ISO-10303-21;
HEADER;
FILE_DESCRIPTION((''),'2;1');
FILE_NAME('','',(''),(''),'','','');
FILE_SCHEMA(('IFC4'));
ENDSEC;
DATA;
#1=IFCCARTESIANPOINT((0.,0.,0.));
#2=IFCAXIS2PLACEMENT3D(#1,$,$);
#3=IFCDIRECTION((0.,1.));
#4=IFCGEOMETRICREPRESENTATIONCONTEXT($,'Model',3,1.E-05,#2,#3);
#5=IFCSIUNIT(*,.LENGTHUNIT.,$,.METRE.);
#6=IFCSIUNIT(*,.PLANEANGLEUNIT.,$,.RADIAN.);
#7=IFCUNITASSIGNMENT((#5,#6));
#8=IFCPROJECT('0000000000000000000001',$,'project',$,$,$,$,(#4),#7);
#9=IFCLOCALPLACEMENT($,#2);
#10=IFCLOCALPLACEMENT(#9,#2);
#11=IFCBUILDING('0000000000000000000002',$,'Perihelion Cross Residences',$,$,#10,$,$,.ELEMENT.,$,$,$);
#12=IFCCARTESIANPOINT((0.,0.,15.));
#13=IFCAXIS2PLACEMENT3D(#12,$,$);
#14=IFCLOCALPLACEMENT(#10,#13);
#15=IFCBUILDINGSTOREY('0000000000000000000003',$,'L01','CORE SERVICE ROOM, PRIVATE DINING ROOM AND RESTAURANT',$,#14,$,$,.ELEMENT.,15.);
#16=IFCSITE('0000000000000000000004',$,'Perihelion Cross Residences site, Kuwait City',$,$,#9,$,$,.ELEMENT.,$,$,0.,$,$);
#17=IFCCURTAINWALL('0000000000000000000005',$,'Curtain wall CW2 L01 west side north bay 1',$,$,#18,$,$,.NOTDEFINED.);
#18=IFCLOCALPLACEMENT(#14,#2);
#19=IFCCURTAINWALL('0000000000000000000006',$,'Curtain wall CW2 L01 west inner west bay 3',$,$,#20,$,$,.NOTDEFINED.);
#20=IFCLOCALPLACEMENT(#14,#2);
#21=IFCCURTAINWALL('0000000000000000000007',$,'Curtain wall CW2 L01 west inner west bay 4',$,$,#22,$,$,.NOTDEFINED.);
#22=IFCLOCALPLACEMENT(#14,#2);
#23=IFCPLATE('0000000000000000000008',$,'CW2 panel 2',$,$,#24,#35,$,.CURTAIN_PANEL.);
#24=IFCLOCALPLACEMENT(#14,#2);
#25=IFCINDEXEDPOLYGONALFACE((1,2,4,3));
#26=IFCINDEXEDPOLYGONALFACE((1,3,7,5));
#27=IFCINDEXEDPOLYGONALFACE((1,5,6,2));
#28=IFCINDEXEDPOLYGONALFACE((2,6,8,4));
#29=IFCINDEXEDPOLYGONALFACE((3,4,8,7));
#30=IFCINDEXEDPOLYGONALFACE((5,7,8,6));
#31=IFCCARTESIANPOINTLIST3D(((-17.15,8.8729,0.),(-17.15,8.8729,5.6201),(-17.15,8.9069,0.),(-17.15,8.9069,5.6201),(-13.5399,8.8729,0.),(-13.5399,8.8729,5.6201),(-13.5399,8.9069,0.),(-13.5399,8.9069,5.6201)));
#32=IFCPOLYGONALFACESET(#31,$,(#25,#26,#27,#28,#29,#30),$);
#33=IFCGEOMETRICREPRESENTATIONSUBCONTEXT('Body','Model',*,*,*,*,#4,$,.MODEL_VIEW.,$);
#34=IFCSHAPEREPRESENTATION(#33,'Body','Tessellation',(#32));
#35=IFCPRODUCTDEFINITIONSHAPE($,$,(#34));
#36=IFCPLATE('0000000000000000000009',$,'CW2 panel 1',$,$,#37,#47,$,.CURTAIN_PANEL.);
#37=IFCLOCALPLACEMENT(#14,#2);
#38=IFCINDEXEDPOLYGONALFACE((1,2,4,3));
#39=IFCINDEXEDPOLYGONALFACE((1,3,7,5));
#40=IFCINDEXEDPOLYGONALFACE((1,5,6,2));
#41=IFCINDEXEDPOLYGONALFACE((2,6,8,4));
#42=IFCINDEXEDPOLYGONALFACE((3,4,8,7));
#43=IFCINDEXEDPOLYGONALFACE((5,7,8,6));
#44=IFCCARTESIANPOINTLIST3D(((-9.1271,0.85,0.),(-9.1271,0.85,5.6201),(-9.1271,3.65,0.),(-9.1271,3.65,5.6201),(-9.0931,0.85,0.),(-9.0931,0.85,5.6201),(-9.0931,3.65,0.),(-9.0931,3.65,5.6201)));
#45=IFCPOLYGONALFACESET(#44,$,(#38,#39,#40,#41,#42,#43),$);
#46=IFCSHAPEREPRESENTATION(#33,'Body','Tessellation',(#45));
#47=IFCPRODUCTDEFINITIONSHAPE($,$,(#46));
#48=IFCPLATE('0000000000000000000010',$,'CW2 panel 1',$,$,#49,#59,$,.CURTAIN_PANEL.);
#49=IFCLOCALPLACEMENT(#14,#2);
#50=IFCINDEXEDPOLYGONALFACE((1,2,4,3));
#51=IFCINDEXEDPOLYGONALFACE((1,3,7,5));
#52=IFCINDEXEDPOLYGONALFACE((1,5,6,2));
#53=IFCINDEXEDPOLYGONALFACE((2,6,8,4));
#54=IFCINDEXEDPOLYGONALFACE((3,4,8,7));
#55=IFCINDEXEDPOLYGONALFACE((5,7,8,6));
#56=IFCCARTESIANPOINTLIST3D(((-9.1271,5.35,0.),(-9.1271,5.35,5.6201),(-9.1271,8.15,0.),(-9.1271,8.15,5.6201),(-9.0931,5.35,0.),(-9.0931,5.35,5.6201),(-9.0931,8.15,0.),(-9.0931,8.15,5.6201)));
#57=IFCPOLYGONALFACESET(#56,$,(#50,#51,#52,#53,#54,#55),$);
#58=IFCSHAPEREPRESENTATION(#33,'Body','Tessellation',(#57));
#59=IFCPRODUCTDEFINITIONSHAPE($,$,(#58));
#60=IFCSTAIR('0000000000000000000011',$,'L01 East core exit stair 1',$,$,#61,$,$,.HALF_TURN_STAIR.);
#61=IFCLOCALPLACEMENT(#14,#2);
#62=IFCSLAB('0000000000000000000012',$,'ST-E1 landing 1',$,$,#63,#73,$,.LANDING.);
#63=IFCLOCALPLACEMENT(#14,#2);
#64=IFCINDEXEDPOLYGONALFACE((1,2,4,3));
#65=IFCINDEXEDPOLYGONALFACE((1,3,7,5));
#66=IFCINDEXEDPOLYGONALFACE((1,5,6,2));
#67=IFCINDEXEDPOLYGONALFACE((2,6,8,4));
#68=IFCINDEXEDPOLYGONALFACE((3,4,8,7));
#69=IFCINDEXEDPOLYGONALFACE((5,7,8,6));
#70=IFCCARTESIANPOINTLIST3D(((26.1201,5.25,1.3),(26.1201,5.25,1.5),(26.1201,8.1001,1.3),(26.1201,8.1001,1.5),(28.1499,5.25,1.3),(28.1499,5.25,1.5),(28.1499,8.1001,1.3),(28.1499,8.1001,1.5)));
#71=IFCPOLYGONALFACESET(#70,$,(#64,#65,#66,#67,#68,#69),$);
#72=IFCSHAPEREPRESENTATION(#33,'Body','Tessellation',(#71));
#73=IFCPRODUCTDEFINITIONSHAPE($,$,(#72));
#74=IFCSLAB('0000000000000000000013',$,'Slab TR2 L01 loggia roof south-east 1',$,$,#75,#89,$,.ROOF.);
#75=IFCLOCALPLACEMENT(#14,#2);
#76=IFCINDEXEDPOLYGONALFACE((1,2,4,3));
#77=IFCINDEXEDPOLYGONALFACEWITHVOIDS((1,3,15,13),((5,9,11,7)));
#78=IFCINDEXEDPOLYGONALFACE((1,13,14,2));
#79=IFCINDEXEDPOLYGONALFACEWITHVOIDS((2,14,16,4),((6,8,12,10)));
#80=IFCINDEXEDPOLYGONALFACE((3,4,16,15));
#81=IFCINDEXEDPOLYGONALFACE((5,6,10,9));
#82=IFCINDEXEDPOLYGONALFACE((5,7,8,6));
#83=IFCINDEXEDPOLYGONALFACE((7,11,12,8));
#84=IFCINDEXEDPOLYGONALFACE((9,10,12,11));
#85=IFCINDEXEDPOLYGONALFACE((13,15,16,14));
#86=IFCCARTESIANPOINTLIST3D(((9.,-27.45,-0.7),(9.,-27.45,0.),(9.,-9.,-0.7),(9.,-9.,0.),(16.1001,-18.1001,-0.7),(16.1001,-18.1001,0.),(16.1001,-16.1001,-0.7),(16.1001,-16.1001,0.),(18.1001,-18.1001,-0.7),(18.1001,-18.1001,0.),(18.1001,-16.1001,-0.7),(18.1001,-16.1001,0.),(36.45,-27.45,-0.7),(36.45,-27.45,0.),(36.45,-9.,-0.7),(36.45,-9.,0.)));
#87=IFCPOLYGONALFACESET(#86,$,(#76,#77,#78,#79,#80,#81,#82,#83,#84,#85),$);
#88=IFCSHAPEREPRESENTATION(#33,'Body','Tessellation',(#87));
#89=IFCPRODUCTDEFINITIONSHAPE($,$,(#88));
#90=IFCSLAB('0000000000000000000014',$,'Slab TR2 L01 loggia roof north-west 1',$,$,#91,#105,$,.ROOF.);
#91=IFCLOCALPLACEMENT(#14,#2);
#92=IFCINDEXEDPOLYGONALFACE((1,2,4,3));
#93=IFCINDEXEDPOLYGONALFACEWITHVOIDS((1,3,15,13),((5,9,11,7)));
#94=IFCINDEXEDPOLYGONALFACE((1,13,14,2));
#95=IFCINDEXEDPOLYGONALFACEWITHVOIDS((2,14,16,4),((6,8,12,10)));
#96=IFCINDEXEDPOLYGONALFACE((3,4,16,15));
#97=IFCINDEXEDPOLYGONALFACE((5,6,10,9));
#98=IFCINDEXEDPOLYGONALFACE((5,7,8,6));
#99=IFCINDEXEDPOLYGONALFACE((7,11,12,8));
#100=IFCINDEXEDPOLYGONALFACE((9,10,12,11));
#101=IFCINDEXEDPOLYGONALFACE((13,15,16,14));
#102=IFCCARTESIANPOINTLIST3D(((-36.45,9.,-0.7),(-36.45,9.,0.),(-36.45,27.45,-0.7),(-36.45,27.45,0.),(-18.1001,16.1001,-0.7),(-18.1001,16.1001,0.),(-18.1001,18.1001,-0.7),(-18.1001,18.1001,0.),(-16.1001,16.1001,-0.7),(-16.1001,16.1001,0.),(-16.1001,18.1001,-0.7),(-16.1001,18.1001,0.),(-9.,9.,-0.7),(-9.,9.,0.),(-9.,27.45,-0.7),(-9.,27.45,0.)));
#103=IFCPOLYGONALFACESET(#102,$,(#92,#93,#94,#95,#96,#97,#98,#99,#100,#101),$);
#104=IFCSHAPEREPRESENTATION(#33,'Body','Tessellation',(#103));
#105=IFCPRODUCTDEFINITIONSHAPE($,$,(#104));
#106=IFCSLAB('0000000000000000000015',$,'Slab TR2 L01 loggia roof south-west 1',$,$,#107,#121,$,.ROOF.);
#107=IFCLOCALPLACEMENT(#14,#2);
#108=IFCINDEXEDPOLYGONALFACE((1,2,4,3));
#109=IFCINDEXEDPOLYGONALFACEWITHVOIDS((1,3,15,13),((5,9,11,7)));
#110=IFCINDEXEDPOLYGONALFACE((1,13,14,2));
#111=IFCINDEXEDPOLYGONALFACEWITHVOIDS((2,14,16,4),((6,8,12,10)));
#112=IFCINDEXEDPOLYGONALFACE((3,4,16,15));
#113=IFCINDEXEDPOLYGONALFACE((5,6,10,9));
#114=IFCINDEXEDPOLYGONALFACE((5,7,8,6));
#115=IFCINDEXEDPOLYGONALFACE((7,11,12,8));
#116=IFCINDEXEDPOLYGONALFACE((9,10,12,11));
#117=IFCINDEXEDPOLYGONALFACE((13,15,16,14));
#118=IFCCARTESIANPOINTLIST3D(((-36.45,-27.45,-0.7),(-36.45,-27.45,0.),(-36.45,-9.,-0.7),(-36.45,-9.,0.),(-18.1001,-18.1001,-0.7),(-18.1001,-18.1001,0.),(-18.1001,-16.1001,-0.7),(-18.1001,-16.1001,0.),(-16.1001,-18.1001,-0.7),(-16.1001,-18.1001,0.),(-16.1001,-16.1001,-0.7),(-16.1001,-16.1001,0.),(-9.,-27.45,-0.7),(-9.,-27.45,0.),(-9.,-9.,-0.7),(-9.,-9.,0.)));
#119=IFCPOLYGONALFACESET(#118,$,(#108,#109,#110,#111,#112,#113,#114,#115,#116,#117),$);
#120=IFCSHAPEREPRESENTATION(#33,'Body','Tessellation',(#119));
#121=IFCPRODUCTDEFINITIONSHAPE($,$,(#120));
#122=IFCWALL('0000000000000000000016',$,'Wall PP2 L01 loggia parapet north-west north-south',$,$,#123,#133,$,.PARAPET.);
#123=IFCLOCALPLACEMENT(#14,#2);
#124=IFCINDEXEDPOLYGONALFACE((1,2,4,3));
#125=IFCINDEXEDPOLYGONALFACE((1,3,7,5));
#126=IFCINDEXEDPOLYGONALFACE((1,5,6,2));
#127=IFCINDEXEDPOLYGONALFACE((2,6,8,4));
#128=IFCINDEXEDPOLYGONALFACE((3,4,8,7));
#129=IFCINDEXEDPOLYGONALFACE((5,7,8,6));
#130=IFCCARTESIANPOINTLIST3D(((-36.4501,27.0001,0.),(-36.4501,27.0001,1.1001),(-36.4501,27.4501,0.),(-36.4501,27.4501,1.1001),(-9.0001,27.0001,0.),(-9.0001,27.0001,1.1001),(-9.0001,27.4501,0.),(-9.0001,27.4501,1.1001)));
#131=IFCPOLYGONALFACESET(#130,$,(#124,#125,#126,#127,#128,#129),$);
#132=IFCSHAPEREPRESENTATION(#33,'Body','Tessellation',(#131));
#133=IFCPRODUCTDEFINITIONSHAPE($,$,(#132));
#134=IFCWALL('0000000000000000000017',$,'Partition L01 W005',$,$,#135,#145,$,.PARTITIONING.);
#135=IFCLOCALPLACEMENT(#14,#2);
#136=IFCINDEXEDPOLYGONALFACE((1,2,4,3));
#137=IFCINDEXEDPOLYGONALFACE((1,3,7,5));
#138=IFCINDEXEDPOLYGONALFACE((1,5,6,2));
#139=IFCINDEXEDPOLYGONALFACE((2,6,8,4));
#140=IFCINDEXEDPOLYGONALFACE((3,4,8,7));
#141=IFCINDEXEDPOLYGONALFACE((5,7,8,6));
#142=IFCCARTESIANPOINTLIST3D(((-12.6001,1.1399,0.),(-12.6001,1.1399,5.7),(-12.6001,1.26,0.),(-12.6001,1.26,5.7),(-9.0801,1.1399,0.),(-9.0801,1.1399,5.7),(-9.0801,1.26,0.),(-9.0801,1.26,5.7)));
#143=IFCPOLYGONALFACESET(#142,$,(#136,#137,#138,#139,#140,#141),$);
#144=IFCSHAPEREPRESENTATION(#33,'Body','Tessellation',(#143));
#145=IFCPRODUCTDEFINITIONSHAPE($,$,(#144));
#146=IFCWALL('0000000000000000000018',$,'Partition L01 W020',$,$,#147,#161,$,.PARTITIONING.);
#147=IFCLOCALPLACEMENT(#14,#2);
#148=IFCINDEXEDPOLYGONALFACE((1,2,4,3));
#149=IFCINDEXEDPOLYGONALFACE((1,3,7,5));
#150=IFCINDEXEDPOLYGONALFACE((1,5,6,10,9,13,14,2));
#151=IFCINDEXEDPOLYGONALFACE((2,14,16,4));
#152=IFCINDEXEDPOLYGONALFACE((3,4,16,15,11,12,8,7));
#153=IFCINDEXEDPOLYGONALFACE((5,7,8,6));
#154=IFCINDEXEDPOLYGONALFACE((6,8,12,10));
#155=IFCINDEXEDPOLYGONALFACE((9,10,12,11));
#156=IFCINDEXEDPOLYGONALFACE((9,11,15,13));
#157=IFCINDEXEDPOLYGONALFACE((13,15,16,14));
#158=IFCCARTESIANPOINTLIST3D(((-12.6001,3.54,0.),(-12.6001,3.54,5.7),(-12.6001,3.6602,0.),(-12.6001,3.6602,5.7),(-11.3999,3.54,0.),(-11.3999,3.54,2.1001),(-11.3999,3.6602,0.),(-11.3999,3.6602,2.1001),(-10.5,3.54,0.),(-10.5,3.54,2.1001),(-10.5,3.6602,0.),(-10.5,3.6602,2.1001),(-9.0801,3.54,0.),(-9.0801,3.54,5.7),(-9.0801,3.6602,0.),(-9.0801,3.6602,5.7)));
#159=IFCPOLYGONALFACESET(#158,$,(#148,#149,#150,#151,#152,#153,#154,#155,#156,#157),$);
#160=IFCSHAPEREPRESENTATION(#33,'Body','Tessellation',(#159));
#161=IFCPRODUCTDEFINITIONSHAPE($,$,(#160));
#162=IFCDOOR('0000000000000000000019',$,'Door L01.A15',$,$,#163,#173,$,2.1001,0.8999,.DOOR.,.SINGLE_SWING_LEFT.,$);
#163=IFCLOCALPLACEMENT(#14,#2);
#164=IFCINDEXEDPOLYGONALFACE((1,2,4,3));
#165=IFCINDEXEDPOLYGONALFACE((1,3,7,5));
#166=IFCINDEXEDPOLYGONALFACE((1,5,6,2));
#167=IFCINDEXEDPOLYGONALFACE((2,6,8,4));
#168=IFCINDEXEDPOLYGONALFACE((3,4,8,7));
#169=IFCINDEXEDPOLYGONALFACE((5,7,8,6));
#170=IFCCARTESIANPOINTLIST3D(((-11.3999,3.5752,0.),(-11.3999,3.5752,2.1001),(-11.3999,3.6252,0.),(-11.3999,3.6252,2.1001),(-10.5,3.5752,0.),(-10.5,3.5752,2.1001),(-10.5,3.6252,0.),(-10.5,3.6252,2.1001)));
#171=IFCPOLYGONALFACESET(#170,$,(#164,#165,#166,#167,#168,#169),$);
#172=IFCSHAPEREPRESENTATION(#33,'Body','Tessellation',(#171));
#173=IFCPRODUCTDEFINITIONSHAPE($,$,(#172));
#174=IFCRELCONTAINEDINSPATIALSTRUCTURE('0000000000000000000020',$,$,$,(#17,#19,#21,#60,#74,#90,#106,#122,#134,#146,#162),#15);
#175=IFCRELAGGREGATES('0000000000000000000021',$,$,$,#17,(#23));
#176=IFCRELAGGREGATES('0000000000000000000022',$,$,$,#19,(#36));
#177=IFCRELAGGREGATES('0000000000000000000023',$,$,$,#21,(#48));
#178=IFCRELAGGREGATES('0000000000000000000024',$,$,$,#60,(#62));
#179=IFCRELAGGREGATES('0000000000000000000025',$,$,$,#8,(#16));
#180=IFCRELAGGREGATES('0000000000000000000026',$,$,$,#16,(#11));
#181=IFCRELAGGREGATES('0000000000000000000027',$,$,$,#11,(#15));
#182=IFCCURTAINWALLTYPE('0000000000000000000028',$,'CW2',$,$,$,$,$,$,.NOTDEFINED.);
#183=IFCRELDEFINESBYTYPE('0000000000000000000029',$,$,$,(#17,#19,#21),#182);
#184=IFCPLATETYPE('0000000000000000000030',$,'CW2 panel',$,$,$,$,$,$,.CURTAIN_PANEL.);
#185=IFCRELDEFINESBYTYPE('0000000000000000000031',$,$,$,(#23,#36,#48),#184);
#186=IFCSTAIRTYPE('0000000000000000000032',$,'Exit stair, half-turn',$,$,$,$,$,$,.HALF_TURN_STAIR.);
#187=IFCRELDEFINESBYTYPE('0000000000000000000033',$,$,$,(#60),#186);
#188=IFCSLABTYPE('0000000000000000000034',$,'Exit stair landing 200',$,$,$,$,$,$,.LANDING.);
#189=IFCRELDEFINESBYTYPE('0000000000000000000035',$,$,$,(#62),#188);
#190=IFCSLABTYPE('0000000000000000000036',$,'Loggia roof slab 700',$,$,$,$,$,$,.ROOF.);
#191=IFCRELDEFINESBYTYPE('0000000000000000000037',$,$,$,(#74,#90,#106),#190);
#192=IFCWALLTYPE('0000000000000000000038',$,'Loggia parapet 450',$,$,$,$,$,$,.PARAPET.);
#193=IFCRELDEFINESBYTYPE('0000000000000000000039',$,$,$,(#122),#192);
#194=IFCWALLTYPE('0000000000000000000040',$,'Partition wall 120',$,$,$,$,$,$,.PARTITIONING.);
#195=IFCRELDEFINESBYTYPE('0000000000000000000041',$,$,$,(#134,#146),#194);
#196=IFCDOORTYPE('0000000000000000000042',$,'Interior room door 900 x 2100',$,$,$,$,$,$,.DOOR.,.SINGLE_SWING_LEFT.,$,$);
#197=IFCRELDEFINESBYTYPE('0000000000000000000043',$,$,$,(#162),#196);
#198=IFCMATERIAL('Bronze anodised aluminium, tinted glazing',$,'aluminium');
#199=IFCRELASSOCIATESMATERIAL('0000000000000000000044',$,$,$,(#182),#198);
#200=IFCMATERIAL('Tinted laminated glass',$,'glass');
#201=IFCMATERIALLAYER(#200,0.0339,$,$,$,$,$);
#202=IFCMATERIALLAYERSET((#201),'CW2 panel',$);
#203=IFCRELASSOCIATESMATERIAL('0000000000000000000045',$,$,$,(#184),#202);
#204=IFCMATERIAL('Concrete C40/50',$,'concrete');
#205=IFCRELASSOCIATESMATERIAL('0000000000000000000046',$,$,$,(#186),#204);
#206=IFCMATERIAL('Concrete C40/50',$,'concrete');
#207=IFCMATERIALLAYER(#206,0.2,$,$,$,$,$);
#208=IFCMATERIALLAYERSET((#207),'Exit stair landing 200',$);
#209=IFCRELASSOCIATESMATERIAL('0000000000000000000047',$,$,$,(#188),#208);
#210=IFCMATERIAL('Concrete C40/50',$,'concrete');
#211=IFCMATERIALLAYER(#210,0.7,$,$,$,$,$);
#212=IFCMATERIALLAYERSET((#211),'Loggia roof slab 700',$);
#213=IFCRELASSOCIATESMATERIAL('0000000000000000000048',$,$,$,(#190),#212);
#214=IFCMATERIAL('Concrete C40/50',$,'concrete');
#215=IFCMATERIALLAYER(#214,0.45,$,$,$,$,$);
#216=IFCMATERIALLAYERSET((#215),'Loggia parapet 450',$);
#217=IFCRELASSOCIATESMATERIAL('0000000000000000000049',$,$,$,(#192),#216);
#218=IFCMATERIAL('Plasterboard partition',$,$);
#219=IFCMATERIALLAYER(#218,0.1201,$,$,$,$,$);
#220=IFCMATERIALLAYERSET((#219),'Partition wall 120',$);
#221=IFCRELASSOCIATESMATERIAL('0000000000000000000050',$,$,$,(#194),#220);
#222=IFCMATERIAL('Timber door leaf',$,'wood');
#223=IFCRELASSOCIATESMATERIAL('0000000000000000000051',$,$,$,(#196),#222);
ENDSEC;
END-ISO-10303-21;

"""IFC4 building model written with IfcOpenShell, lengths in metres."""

from ifc_helpers import new_model, si_unit, direction, frame, frame_2d, origin, origin_2d, place, context, subcontext, project, spatial, polyline, rectangle, outline, extrude, material, layer, layer_set, type_object, element, fill, aggregate, save


model = new_model("IFC4")

# Units and contexts
model_context = context("Model", 3, precision=1e-05, world=origin(), true_north=direction((0.0, 1.0)))
body_context = subcontext(model_context, "Body", "Model", "MODEL_VIEW")
ifc_project = project(units=[si_unit("LENGTHUNIT", "METRE"), si_unit("PLANEANGLEUNIT", "RADIAN")], contexts=[model_context])

# Site, building, storey
site_placement = place(None, origin())
site = spatial("IfcSite", under=ifc_project, at=site_placement, Name="Perihelion Cross Residences site, Kuwait City", CompositionType="ELEMENT", RefElevation=0.0)
building_placement = place(site_placement, origin())
building = spatial("IfcBuilding", under=site, at=building_placement, Name="Perihelion Cross Residences", CompositionType="ELEMENT")
storey_placement = place(building_placement, frame((0.0, 0.0, 15.0)))
storey = spatial("IfcBuildingStorey", under=building, at=storey_placement, Name="L01", Description="CORE SERVICE ROOM, PRIVATE DINING ROOM AND RESTAURANT", CompositionType="ELEMENT", Elevation=15.0)

# Curtain walls
ifc_material_1 = material(Name="Bronze anodised aluminium, tinted glazing", Category="aluminium")
curtain_wall_type = type_object("IfcCurtainWallType", Name="CW2", PredefinedType="NOTDEFINED", material=ifc_material_1)
curtain_wall_1_placement = place(storey_placement, origin())
curtain_wall_1 = element("IfcCurtainWall", 1, at=curtain_wall_1_placement, inside=storey, type_object=curtain_wall_type, Name="Curtain wall CW2 L01 west side north bay 1", PredefinedType="NOTDEFINED")
curtain_wall_2_placement = place(storey_placement, origin())
curtain_wall_2 = element("IfcCurtainWall", 2, at=curtain_wall_2_placement, inside=storey, type_object=curtain_wall_type, Name="Curtain wall CW2 L01 west inner west bay 3", PredefinedType="NOTDEFINED")
curtain_wall_3_placement = place(storey_placement, origin())
curtain_wall_3 = element("IfcCurtainWall", 3, at=curtain_wall_3_placement, inside=storey, type_object=curtain_wall_type, Name="Curtain wall CW2 L01 west inner west bay 4", PredefinedType="NOTDEFINED")

# Plates
ifc_material_2 = material(Name="Tinted laminated glass", Category="glass")
ifc_layer_1 = layer(ifc_material_2, 0.0339)
ifc_layer_set_1 = layer_set([ifc_layer_1], Name="CW2 panel")
plate_type = type_object("IfcPlateType", Name="CW2 panel", PredefinedType="CURTAIN_PANEL", material=ifc_layer_set_1)
plate_1_placement = place(storey_placement, frame((-15.345, 8.8899, 0.0), z_axis=(0.0, 0.0, 1.0), x_axis=(-1.0, 0.0, 0.0)))
plate_1 = element("IfcPlate", 4, at=plate_1_placement, type_object=plate_type, Name="CW2 panel 2", PredefinedType="CURTAIN_PANEL", context=body_context, shape_type="SweptSolid", body=[
    extrude(rectangle(XDim=3.6101, YDim=0.0339, at=origin_2d()), origin(), (0.0, 0.0, 1.0), 5.6201),
])
aggregate(curtain_wall_1, [plate_1])
plate_2_placement = place(storey_placement, frame((-9.1101, 2.25, 0.0), z_axis=(0.0, 0.0, 1.0), x_axis=(0.0, 1.0, 0.0)))
plate_2 = element("IfcPlate", 5, at=plate_2_placement, type_object=plate_type, Name="CW2 panel 1", PredefinedType="CURTAIN_PANEL", context=body_context, shape_type="SweptSolid", body=[
    extrude(rectangle(XDim=2.8, YDim=0.0339, at=origin_2d()), origin(), (0.0, 0.0, 1.0), 5.6201),
])
aggregate(curtain_wall_2, [plate_2])
plate_3_placement = place(storey_placement, frame((-9.1101, 6.75, 0.0), z_axis=(0.0, 0.0, 1.0), x_axis=(0.0, 1.0, 0.0)))
plate_3 = element("IfcPlate", 6, at=plate_3_placement, type_object=plate_type, Name="CW2 panel 1", PredefinedType="CURTAIN_PANEL", context=body_context, shape_type="SweptSolid", body=[
    extrude(rectangle(XDim=2.8, YDim=0.0339, at=origin_2d()), origin(), (0.0, 0.0, 1.0), 5.6201),
])
aggregate(curtain_wall_3, [plate_3])

# Stair, slab
ifc_material_3 = material(Name="Concrete C40/50", Category="concrete")
stair_type = type_object("IfcStairType", Name="Exit stair, half-turn", PredefinedType="HALF_TURN_STAIR", material=ifc_material_3)
stair_placement = place(storey_placement, origin())
stair = element("IfcStair", 7, at=stair_placement, inside=storey, type_object=stair_type, Name="L01 East core exit stair 1", PredefinedType="HALF_TURN_STAIR")
ifc_material_4 = material(Name="Concrete C40/50", Category="concrete")
ifc_layer_2 = layer(ifc_material_4, 0.2)
ifc_layer_set_2 = layer_set([ifc_layer_2], Name="Exit stair landing 200")
slab_type_1 = type_object("IfcSlabType", Name="Exit stair landing 200", PredefinedType="LANDING", material=ifc_layer_set_2)
slab_1_placement = place(storey_placement, frame((0.0, 0.0, 1.3)))
slab_1 = element("IfcSlab", 8, at=slab_1_placement, type_object=slab_type_1, Name="ST-E1 landing 1", PredefinedType="LANDING", context=body_context, shape_type="SweptSolid", body=[
    extrude(outline(polyline([(26.1201, 5.25), (28.1499, 5.25), (28.1499, 8.1001), (26.1201, 8.1001), (26.1201, 5.25)])), origin(), (0.0, 0.0, 1.0), 0.2),
])
aggregate(stair, [slab_1])

# Slabs
ifc_material_5 = material(Name="Concrete C40/50", Category="concrete")
ifc_layer_3 = layer(ifc_material_5, 0.7)
ifc_layer_set_3 = layer_set([ifc_layer_3], Name="Loggia roof slab 700")
slab_type_2 = type_object("IfcSlabType", Name="Loggia roof slab 700", PredefinedType="ROOF", material=ifc_layer_set_3)
slab_2_placement = place(storey_placement, frame((0.0, 0.0, -0.7)))
element("IfcSlab", 9, at=slab_2_placement, inside=storey, type_object=slab_type_2, Name="Slab TR2 L01 loggia roof south-east 1", PredefinedType="ROOF", context=body_context, shape_type="SweptSolid", body=[
    extrude(outline(polyline([(9.0, -27.45), (9.0, -9.0), (36.45, -9.0), (36.45, -27.45), (9.0, -27.45)]), holes=[polyline([(18.1001, -16.1001), (16.1001, -16.1001), (16.1001, -18.1001), (18.1001, -18.1001), (18.1001, -16.1001)])]), origin(), (0.0, 0.0, 1.0), 0.7),
])
slab_3_placement = place(storey_placement, frame((0.0, 0.0, -0.7)))
element("IfcSlab", 10, at=slab_3_placement, inside=storey, type_object=slab_type_2, Name="Slab TR2 L01 loggia roof north-west 1", PredefinedType="ROOF", context=body_context, shape_type="SweptSolid", body=[
    extrude(outline(polyline([(-36.45, 9.0), (-36.45, 27.45), (-9.0, 27.45), (-9.0, 9.0), (-36.45, 9.0)]), holes=[polyline([(-16.1001, 18.1001), (-18.1001, 18.1001), (-18.1001, 16.1001), (-16.1001, 16.1001), (-16.1001, 18.1001)])]), origin(), (0.0, 0.0, 1.0), 0.7),
])
slab_4_placement = place(storey_placement, frame((0.0, 0.0, -0.7)))
element("IfcSlab", 11, at=slab_4_placement, inside=storey, type_object=slab_type_2, Name="Slab TR2 L01 loggia roof south-west 1", PredefinedType="ROOF", context=body_context, shape_type="SweptSolid", body=[
    extrude(outline(polyline([(-36.45, -27.45), (-36.45, -9.0), (-9.0, -9.0), (-9.0, -27.45), (-36.45, -27.45)]), holes=[polyline([(-16.1001, -16.1001), (-18.1001, -16.1001), (-18.1001, -18.1001), (-16.1001, -18.1001), (-16.1001, -16.1001)])]), origin(), (0.0, 0.0, 1.0), 0.7),
])

# Walls
ifc_material_6 = material(Name="Concrete C40/50", Category="concrete")
ifc_layer_4 = layer(ifc_material_6, 0.45)
ifc_layer_set_4 = layer_set([ifc_layer_4], Name="Loggia parapet 450")
wall_type_1 = type_object("IfcWallType", Name="Loggia parapet 450", PredefinedType="PARAPET", material=ifc_layer_set_4)
wall_1_placement = place(storey_placement, frame((-9.0, 27.2251, 0.0), z_axis=(0.0, 0.0, 1.0), x_axis=(-1.0, 0.0, 0.0)))
element("IfcWall", 12, at=wall_1_placement, inside=storey, type_object=wall_type_1, Name="Wall PP2 L01 loggia parapet north-west north-south", PredefinedType="PARAPET", context=body_context, shape_type="SweptSolid", body=[
    extrude(rectangle(XDim=27.45, YDim=0.45, at=frame_2d((13.7251, 0.0))), origin(), (0.0, 0.0, 1.0), 1.1001),
])
ifc_material_7 = material(Name="Plasterboard partition")
ifc_layer_5 = layer(ifc_material_7, 0.1201)
ifc_layer_set_5 = layer_set([ifc_layer_5], Name="Partition wall 120")
wall_type_2 = type_object("IfcWallType", Name="Partition wall 120", PredefinedType="PARTITIONING", material=ifc_layer_set_5)
wall_2_placement = place(storey_placement, frame((-12.6001, 1.2, 0.0), z_axis=(0.0, 0.0, 1.0), x_axis=(1.0, 0.0, 0.0)))
element("IfcWall", 13, at=wall_2_placement, inside=storey, type_object=wall_type_2, Name="Partition L01 W005", PredefinedType="PARTITIONING", context=body_context, shape_type="SweptSolid", body=[
    extrude(rectangle(XDim=3.52, YDim=0.1201, at=frame_2d((1.76, 0.0))), origin(), (0.0, 0.0, 1.0), 5.7),
])

# Wall, opening, door
wall_3_placement = place(storey_placement, frame((-9.0801, 3.6001, 0.0), z_axis=(0.0, 0.0, 1.0), x_axis=(-1.0, 0.0, 0.0)))
wall_3 = element("IfcWall", 14, at=wall_3_placement, inside=storey, type_object=wall_type_2, Name="Partition L01 W020", PredefinedType="PARTITIONING", context=body_context, shape_type="SweptSolid", body=[
    extrude(rectangle(XDim=3.52, YDim=0.1201, at=frame_2d((1.76, 0.0))), origin(), (0.0, 0.0, 1.0), 5.7),
])
opening_1_placement = place(wall_3_placement, frame((1.4199, 0.0, 0.0)))
opening_1 = element("IfcOpeningElement", 15, at=opening_1_placement, cuts=wall_3, PredefinedType="OPENING", context=body_context, shape_type="SweptSolid", body=[
    extrude(rectangle(XDim=0.8999, YDim=2.1001, at=frame_2d((0.45, 1.05))), frame((0.0, 0.0701, 0.0), z_axis=(0.0, -1.0, 0.0), x_axis=(1.0, 0.0, 0.0)), (0.0, 0.0, 1.0), 0.1401),
])
ifc_material_8 = material(Name="Timber door leaf", Category="wood")
door_type_1 = type_object("IfcDoorType", Name="Interior room door 900 x 2100", OperationType="SINGLE_SWING_LEFT", PredefinedType="DOOR", material=ifc_material_8)
door_1_placement = place(opening_1_placement, origin())
door_1 = element("IfcDoor", 16, at=door_1_placement, inside=storey, type_object=door_type_1, Name="Door L01.A15", OperationType="SINGLE_SWING_LEFT", OverallHeight=2.1001, OverallWidth=0.8999, PredefinedType="DOOR", context=body_context, shape_type="SweptSolid", body=[
    extrude(rectangle(XDim=0.8999, YDim=2.1001, at=frame_2d((0.45, 1.05))), frame((0.0, 0.0249, 0.0), z_axis=(0.0, -1.0, 0.0), x_axis=(1.0, 0.0, 0.0)), (0.0, 0.0, 1.0), 0.05),
])
fill(opening_1, door_1)

save(model, "model.ifc")
